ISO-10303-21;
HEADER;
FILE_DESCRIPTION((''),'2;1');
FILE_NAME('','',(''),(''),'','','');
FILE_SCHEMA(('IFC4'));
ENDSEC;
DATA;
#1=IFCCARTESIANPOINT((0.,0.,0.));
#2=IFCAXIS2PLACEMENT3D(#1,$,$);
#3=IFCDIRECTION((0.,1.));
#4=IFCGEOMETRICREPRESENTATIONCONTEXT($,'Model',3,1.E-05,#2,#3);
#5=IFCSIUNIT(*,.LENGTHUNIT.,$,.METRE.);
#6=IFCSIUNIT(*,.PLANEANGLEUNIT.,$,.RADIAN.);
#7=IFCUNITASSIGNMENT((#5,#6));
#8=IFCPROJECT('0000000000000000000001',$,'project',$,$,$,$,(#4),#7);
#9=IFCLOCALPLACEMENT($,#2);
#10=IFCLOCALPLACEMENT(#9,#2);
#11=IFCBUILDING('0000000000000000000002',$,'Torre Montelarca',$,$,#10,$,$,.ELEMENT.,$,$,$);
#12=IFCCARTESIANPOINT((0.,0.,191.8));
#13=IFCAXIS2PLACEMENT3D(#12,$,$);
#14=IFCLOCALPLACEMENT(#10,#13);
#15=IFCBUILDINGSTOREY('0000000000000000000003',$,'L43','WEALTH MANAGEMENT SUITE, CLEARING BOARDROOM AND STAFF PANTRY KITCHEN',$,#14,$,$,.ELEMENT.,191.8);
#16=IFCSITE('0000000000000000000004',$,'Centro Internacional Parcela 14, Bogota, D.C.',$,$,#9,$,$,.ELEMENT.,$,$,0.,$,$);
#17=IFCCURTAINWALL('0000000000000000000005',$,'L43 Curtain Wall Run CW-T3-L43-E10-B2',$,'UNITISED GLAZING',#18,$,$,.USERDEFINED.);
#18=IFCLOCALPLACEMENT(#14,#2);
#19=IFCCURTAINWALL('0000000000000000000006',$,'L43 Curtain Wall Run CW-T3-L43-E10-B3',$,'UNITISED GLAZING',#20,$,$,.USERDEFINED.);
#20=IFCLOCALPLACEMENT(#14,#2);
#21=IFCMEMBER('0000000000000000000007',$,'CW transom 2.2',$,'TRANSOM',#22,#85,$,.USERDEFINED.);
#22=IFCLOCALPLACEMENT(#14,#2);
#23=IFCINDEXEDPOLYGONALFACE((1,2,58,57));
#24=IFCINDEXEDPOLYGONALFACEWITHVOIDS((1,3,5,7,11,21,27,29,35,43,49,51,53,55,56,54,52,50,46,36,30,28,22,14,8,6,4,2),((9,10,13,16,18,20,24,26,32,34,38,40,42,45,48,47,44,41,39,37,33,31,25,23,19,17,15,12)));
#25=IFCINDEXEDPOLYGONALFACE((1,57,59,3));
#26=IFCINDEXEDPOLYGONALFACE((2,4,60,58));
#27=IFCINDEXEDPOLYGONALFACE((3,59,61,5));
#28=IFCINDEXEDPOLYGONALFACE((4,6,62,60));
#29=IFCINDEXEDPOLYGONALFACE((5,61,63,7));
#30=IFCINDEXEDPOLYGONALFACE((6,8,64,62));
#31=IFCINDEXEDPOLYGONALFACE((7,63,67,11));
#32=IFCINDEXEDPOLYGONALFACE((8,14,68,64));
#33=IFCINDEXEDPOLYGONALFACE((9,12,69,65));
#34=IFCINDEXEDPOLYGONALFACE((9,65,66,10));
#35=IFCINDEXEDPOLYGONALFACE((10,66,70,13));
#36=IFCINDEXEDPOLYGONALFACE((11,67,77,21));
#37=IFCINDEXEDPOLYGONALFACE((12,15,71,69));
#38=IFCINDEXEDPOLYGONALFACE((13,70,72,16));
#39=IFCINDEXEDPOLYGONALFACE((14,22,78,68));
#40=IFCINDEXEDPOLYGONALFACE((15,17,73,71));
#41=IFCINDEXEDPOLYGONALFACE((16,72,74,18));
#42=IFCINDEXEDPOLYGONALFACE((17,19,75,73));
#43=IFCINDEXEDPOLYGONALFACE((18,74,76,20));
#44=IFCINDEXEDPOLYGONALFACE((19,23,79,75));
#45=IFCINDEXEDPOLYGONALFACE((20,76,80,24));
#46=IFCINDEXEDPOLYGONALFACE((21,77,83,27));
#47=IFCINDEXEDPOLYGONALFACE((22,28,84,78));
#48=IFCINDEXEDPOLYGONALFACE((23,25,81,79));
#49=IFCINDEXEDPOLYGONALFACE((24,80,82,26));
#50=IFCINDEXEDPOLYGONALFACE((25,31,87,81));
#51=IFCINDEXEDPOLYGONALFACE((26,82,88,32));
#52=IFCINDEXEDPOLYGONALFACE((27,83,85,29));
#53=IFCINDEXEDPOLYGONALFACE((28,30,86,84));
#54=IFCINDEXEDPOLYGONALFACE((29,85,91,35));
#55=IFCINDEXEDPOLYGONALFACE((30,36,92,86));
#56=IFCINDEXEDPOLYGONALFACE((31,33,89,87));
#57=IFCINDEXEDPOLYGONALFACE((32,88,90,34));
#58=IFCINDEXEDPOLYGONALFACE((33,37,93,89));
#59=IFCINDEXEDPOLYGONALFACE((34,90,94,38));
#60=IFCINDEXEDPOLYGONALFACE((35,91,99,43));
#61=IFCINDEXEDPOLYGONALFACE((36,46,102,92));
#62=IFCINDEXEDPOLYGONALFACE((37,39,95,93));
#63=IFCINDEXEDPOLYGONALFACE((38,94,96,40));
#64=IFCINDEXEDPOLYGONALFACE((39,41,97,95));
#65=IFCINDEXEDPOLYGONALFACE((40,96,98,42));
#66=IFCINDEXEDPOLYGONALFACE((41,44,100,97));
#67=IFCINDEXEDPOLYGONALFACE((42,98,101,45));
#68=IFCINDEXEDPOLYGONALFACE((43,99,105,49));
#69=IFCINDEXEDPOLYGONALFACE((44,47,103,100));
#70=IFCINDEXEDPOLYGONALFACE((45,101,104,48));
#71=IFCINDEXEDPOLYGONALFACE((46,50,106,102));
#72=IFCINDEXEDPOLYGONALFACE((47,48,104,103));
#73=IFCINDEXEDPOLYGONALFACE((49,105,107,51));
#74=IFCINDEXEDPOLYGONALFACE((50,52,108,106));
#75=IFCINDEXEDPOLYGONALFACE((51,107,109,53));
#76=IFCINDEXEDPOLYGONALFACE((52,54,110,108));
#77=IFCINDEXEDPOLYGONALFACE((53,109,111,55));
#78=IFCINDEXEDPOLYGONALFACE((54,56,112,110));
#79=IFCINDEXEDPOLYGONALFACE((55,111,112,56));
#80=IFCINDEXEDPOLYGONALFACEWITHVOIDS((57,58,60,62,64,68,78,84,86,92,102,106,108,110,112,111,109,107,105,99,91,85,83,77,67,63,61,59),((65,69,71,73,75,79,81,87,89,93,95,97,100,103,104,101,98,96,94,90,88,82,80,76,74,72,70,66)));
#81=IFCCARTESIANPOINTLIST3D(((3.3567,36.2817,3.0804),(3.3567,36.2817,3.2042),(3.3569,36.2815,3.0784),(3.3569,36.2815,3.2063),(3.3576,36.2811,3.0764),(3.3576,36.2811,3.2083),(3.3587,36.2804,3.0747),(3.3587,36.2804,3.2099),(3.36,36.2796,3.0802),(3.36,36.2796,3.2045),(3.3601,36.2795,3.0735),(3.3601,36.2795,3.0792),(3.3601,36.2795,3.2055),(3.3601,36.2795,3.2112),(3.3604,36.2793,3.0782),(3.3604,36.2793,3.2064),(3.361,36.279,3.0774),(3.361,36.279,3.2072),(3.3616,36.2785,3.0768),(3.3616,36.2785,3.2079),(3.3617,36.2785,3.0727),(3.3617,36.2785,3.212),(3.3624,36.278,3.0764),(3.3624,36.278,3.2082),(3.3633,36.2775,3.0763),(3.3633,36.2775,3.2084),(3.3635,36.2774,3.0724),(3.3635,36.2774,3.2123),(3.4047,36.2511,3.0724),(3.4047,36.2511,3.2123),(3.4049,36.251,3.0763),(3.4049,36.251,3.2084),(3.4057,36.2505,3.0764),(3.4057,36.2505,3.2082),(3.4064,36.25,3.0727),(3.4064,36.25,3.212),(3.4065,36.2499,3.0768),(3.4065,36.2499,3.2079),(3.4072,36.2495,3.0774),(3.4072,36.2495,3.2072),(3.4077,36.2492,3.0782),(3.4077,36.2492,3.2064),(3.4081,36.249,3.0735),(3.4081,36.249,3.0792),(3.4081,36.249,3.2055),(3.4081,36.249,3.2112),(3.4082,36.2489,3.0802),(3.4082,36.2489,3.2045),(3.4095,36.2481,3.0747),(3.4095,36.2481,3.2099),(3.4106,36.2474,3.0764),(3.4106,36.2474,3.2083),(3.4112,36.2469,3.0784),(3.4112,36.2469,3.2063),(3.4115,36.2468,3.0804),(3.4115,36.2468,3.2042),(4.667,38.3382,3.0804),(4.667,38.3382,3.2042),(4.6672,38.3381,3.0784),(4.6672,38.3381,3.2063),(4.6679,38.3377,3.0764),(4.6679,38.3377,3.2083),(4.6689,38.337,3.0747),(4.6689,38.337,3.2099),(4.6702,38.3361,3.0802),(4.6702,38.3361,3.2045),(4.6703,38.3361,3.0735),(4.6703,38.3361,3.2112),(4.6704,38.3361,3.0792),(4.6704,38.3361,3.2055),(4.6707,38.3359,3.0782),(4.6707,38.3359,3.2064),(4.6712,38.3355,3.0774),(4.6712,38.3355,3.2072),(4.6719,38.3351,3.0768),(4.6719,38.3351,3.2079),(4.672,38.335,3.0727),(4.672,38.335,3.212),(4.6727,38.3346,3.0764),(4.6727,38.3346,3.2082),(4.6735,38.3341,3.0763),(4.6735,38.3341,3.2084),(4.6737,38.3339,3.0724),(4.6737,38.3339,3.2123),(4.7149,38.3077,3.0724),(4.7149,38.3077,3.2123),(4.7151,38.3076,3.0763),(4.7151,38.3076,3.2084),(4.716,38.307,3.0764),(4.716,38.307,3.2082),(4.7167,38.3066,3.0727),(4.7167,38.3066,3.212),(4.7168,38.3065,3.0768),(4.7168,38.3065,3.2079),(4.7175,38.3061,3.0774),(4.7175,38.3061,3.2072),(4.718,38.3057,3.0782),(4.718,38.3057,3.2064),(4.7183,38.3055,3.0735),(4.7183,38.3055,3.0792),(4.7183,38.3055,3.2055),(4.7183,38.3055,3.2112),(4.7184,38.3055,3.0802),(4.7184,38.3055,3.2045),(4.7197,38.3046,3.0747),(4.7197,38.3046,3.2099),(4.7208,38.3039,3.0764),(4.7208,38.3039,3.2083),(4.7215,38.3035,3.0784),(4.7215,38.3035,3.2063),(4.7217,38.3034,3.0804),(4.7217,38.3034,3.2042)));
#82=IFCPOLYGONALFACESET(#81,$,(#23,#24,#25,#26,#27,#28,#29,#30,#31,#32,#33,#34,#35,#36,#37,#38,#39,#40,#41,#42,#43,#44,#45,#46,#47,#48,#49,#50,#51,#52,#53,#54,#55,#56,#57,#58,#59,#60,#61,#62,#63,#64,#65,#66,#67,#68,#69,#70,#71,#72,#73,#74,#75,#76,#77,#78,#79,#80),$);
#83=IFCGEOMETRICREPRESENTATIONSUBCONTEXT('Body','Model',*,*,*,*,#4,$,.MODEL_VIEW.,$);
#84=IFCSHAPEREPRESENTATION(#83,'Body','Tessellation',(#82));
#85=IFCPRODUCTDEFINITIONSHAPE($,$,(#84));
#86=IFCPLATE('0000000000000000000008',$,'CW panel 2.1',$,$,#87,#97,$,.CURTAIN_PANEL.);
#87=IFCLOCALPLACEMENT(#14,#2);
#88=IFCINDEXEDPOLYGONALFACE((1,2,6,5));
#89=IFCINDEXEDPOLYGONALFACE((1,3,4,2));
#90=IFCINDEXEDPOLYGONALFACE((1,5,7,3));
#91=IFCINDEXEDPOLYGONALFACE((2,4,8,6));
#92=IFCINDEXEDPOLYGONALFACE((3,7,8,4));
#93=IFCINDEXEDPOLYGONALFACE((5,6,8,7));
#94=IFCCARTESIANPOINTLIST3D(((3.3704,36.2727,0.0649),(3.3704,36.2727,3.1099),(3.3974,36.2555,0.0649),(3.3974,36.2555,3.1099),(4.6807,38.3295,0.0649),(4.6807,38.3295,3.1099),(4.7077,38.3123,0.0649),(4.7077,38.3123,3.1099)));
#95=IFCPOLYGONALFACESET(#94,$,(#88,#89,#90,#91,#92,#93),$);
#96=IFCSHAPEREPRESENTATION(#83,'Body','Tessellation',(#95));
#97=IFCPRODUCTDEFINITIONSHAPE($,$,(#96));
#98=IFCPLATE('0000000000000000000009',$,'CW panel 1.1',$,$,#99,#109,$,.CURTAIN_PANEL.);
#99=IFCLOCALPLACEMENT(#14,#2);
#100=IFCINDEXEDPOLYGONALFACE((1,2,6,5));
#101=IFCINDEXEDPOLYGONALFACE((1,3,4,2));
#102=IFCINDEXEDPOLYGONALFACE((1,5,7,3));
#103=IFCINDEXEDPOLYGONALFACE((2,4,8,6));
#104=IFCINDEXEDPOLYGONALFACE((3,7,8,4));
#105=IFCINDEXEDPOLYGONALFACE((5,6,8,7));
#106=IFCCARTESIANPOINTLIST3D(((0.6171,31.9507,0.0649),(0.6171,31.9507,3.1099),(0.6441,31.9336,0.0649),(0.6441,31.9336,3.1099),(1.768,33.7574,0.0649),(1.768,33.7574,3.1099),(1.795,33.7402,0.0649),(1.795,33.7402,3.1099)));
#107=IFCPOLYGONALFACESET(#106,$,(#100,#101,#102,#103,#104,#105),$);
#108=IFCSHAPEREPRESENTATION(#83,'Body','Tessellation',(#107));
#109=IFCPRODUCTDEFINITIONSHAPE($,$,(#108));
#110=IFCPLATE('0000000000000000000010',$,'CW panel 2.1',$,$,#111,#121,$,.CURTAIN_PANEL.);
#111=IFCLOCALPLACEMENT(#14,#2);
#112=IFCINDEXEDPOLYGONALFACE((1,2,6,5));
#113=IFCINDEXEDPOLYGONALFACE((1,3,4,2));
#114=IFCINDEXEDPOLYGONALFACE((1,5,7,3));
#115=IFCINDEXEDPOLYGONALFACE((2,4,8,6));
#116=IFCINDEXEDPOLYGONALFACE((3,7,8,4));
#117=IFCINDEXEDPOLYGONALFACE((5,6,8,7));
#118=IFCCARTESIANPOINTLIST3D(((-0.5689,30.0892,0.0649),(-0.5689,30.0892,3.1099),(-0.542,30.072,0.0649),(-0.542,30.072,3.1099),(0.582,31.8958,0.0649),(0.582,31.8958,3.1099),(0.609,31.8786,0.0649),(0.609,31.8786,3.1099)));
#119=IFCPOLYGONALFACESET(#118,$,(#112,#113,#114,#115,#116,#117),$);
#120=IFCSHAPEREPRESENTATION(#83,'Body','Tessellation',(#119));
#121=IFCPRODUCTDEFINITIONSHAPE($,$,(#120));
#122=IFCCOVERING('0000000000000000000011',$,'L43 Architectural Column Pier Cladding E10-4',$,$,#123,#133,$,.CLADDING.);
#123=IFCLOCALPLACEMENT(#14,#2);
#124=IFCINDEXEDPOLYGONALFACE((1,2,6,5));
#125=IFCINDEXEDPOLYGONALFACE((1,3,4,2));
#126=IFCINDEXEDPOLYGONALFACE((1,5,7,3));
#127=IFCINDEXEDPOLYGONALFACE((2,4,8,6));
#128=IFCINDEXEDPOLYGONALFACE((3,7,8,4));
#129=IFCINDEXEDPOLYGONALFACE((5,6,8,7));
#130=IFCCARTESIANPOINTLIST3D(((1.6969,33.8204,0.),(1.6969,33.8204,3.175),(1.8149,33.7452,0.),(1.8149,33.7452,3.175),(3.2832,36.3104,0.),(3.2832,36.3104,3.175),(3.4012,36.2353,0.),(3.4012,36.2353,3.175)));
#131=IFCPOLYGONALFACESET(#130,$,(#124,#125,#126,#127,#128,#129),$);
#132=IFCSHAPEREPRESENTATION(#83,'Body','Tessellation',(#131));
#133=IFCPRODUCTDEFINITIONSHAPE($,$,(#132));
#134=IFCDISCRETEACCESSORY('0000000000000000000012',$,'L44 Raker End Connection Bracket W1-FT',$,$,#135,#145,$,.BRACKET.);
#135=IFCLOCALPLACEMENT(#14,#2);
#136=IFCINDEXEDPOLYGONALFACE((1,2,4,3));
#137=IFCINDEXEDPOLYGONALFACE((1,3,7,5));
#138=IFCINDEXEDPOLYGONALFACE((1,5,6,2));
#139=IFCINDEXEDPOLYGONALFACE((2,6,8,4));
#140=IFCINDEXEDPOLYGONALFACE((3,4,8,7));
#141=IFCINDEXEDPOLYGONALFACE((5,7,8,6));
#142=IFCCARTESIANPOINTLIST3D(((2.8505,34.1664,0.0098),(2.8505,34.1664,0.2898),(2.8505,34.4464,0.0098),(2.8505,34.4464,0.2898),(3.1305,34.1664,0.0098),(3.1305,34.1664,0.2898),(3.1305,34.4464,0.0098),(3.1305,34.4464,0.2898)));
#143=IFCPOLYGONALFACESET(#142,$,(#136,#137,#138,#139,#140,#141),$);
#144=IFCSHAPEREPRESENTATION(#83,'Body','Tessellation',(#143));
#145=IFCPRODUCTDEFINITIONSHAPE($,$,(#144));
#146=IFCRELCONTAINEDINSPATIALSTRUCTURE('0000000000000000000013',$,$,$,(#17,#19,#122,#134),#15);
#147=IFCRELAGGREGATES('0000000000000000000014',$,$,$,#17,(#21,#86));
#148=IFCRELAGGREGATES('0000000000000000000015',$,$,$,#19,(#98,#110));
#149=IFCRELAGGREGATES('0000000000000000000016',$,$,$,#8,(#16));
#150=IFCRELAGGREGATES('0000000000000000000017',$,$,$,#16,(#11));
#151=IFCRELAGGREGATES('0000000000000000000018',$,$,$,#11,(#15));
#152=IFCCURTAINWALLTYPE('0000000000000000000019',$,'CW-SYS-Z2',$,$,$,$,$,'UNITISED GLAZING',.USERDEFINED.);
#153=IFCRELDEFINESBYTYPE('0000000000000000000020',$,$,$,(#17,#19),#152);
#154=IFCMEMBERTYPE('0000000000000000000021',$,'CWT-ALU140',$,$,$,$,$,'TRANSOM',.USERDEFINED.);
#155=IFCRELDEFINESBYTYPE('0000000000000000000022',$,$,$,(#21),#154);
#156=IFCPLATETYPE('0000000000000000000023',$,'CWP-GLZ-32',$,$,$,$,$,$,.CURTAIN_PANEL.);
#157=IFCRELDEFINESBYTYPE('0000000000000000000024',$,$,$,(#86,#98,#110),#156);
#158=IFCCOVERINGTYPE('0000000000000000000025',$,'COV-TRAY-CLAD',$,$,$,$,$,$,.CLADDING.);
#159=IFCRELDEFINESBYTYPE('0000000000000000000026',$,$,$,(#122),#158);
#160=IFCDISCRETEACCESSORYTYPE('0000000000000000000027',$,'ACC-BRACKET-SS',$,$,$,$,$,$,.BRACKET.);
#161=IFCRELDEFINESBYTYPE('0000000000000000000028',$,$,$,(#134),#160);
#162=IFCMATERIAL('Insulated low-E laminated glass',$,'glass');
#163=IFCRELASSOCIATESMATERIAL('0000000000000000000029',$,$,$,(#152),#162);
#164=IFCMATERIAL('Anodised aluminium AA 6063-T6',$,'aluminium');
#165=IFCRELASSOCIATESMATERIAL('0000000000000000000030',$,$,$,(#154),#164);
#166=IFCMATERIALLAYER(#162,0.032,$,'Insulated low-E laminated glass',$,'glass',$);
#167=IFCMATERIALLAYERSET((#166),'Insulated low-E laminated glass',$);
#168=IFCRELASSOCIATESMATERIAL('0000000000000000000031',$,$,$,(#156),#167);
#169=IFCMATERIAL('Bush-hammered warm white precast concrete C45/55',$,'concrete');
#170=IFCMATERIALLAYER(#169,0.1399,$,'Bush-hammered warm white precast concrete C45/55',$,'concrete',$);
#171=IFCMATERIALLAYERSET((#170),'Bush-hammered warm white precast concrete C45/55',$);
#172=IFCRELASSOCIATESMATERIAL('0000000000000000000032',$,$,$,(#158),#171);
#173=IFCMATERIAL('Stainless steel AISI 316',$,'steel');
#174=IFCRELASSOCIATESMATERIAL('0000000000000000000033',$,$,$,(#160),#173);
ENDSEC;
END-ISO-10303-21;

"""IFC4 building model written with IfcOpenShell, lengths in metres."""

from ifc_helpers import new_model, si_unit, direction, frame, origin, origin_2d, place, context, subcontext, project, spatial, rectangle, hollow_rectangle, extrude, source, transform, mapped, material, layer, layer_set, material_profile, profile_set, type_object, element, aggregate, save


model = new_model("IFC4")

# Units and contexts
model_context = context("Model", 3, precision=1e-05, world=origin(), true_north=direction((0.0, 1.0)))
body_context = subcontext(model_context, "Body", "Model", "MODEL_VIEW")
ifc_project = project(units=[si_unit("LENGTHUNIT", "METRE"), si_unit("PLANEANGLEUNIT", "RADIAN")], contexts=[model_context])

# Site, building, storey
site_placement = place(None, origin())
site = spatial("IfcSite", under=ifc_project, at=site_placement, Name="Centro Internacional Parcela 14, Bogota, D.C.", CompositionType="ELEMENT", RefElevation=0.0)
building_placement = place(site_placement, origin())
building = spatial("IfcBuilding", under=site, at=building_placement, Name="Torre Montelarca", CompositionType="ELEMENT")
storey_placement = place(building_placement, frame((0.0, 0.0, 191.8)))
storey = spatial("IfcBuildingStorey", under=building, at=storey_placement, Name="L43", Description="WEALTH MANAGEMENT SUITE, CLEARING BOARDROOM AND STAFF PANTRY KITCHEN", CompositionType="ELEMENT", Elevation=191.8)

# Curtain walls
ifc_material_1 = material(Name="Insulated low-E laminated glass", Category="glass")
curtain_wall_type = type_object("IfcCurtainWallType", Name="CW-SYS-Z2", ElementType="UNITISED GLAZING", PredefinedType="USERDEFINED", material=ifc_material_1)
curtain_wall_1_placement = place(storey_placement, origin())
curtain_wall_1 = element("IfcCurtainWall", 1, at=curtain_wall_1_placement, inside=storey, type_object=curtain_wall_type, Name="L43 Curtain Wall Run CW-T3-L43-E10-B2", ObjectType="UNITISED GLAZING", PredefinedType="USERDEFINED")
ifc_material_2 = material(Name="Anodised aluminium AA 6063-T6", Category="aluminium")
curtain_wall_2_placement = place(storey_placement, origin())
curtain_wall_2 = element("IfcCurtainWall", 2, at=curtain_wall_2_placement, inside=storey, type_object=curtain_wall_type, Name="L43 Curtain Wall Run CW-T3-L43-E10-B3", ObjectType="UNITISED GLAZING", PredefinedType="USERDEFINED")
ifc_material_profile_1 = material_profile(ifc_material_2, hollow_rectangle(XDim=0.0649, YDim=0.1399, WallThickness=0.0039, InnerFilletRadius=0.0039, OuterFilletRadius=0.0081, at=origin_2d()), Name="ALU65X140X4", Category="aluminium")
ifc_profile_set_1 = profile_set([ifc_material_profile_1], Name="Anodised aluminium AA 6063-T6")
member_type_1 = type_object("IfcMemberType", Name="CWT-ALU140", ElementType="TRANSOM", PredefinedType="USERDEFINED", material=ifc_profile_set_1)

# Member
shared_shape_1 = source(origin(), body_context, "Body", "SweptSolid", [
    extrude(hollow_rectangle(XDim=0.0649, YDim=0.1399, WallThickness=0.0039, InnerFilletRadius=0.0039, OuterFilletRadius=0.0081, at=origin_2d()), origin(), (0.0, 0.0, 1.0), 2.4385),
])
member_1_placement = place(storey_placement, frame((4.6943, 38.3208, 3.1423), z_axis=(-0.537322, -0.843377, 0.0), x_axis=(0.843377, -0.537322, 0.0)))
member_1 = element("IfcMember", 3, at=member_1_placement, type_object=member_type_1, Name="CW transom 2.2", ObjectType="TRANSOM", PredefinedType="USERDEFINED", context=body_context, shape_type="MappedRepresentation", body=[
    mapped(shared_shape_1, transform((0.0, 0.0, 0.0), scale=1.0)),
])

# Plates
ifc_layer_1 = layer(ifc_material_1, 0.032, Name="Insulated low-E laminated glass", Category="glass")
ifc_layer_set_1 = layer_set([ifc_layer_1], Name="Insulated low-E laminated glass")
plate_type = type_object("IfcPlateType", Name="CWP-GLZ-32", PredefinedType="CURTAIN_PANEL", material=ifc_layer_set_1)
shared_shape_2 = source(origin(), body_context, "Body", "SweptSolid", [
    extrude(rectangle(XDim=2.4387, YDim=0.032, at=origin_2d()), origin(), (0.0, 0.0, 1.0), 3.0449),
])
plate_1_placement = place(storey_placement, frame((4.0391, 37.2925, 0.0649), z_axis=(0.0, 0.0, 1.0), x_axis=(-0.537301, -0.84339, 0.0)))
plate_1 = element("IfcPlate", 4, at=plate_1_placement, type_object=plate_type, Name="CW panel 2.1", PredefinedType="CURTAIN_PANEL", context=body_context, shape_type="MappedRepresentation", body=[
    mapped(shared_shape_2, transform((0.0, 0.0, 0.0), scale=1.0)),
])
aggregate(curtain_wall_1, [member_1, plate_1])
shared_shape_3 = source(origin(), body_context, "Body", "SweptSolid", [
    extrude(rectangle(XDim=2.1421, YDim=0.032, at=origin_2d()), origin(), (0.0, 0.0, 1.0), 3.0449),
])
plate_2_placement = place(storey_placement, frame((1.2061, 32.8455, 0.0649), z_axis=(0.0, 0.0, 1.0), x_axis=(-0.537296, -0.843394, 0.0)))
plate_2 = element("IfcPlate", 5, at=plate_2_placement, type_object=plate_type, Name="CW panel 1.1", PredefinedType="CURTAIN_PANEL", context=body_context, shape_type="MappedRepresentation", body=[
    mapped(shared_shape_3, transform((0.0, 0.0, 0.0), scale=1.0)),
])
plate_3_placement = place(storey_placement, frame((0.02, 30.9839, 0.0649), z_axis=(0.0, 0.0, 1.0), x_axis=(-0.537296, -0.843394, 0.0)))
plate_3 = element("IfcPlate", 6, at=plate_3_placement, type_object=plate_type, Name="CW panel 2.1", PredefinedType="CURTAIN_PANEL", context=body_context, shape_type="MappedRepresentation", body=[
    mapped(shared_shape_3, transform((0.0, 0.0, 0.0), scale=1.0)),
])
aggregate(curtain_wall_2, [plate_2, plate_3])

# Covering
ifc_material_3 = material(Name="Bush-hammered warm white precast concrete C45/55", Category="concrete")
ifc_layer_2 = layer(ifc_material_3, 0.1399, Name="Bush-hammered warm white precast concrete C45/55", Category="concrete")
ifc_layer_set_2 = layer_set([ifc_layer_2], Name="Bush-hammered warm white precast concrete C45/55")
covering_type = type_object("IfcCoveringType", Name="COV-TRAY-CLAD", PredefinedType="CLADDING", material=ifc_layer_set_2)
shared_shape_4 = source(origin(), body_context, "Body", "SweptSolid", [
    extrude(rectangle(XDim=2.9524, YDim=0.1399, at=origin_2d()), origin(), (0.0, 0.0, 1.0), 3.175),
])
covering_placement = place(storey_placement, frame((2.5491, 35.0278, 0.0), z_axis=(0.0, 0.0, 1.0), x_axis=(-0.537301, -0.843391, 0.0)))
element("IfcCovering", 7, at=covering_placement, inside=storey, type_object=covering_type, Name="L43 Architectural Column Pier Cladding E10-4", PredefinedType="CLADDING", context=body_context, shape_type="MappedRepresentation", body=[
    mapped(shared_shape_4, transform((0.0, 0.0, 0.0), scale=1.0)),
])

# Discrete accessory
ifc_material_4 = material(Name="Stainless steel AISI 316", Category="steel")
discrete_accessory_type = type_object("IfcDiscreteAccessoryType", Name="ACC-BRACKET-SS", PredefinedType="BRACKET", material=ifc_material_4)
shared_shape_5 = source(origin(), body_context, "Body", "SweptSolid", [
    extrude(rectangle(XDim=0.28, YDim=0.28, at=origin_2d()), origin(), (0.0, 0.0, 1.0), 0.28),
])
discrete_accessory_placement = place(storey_placement, frame((2.9905, 34.3064, 0.0098), z_axis=(0.0, 0.0, 1.0), x_axis=(1.0, 0.0, 0.0)))
element("IfcDiscreteAccessory", 8, at=discrete_accessory_placement, inside=storey, type_object=discrete_accessory_type, Name="L44 Raker End Connection Bracket W1-FT", PredefinedType="BRACKET", context=body_context, shape_type="MappedRepresentation", body=[
    mapped(shared_shape_5, transform((0.0, 0.0, 0.0), scale=1.0)),
])

save(model, "model.ifc")
